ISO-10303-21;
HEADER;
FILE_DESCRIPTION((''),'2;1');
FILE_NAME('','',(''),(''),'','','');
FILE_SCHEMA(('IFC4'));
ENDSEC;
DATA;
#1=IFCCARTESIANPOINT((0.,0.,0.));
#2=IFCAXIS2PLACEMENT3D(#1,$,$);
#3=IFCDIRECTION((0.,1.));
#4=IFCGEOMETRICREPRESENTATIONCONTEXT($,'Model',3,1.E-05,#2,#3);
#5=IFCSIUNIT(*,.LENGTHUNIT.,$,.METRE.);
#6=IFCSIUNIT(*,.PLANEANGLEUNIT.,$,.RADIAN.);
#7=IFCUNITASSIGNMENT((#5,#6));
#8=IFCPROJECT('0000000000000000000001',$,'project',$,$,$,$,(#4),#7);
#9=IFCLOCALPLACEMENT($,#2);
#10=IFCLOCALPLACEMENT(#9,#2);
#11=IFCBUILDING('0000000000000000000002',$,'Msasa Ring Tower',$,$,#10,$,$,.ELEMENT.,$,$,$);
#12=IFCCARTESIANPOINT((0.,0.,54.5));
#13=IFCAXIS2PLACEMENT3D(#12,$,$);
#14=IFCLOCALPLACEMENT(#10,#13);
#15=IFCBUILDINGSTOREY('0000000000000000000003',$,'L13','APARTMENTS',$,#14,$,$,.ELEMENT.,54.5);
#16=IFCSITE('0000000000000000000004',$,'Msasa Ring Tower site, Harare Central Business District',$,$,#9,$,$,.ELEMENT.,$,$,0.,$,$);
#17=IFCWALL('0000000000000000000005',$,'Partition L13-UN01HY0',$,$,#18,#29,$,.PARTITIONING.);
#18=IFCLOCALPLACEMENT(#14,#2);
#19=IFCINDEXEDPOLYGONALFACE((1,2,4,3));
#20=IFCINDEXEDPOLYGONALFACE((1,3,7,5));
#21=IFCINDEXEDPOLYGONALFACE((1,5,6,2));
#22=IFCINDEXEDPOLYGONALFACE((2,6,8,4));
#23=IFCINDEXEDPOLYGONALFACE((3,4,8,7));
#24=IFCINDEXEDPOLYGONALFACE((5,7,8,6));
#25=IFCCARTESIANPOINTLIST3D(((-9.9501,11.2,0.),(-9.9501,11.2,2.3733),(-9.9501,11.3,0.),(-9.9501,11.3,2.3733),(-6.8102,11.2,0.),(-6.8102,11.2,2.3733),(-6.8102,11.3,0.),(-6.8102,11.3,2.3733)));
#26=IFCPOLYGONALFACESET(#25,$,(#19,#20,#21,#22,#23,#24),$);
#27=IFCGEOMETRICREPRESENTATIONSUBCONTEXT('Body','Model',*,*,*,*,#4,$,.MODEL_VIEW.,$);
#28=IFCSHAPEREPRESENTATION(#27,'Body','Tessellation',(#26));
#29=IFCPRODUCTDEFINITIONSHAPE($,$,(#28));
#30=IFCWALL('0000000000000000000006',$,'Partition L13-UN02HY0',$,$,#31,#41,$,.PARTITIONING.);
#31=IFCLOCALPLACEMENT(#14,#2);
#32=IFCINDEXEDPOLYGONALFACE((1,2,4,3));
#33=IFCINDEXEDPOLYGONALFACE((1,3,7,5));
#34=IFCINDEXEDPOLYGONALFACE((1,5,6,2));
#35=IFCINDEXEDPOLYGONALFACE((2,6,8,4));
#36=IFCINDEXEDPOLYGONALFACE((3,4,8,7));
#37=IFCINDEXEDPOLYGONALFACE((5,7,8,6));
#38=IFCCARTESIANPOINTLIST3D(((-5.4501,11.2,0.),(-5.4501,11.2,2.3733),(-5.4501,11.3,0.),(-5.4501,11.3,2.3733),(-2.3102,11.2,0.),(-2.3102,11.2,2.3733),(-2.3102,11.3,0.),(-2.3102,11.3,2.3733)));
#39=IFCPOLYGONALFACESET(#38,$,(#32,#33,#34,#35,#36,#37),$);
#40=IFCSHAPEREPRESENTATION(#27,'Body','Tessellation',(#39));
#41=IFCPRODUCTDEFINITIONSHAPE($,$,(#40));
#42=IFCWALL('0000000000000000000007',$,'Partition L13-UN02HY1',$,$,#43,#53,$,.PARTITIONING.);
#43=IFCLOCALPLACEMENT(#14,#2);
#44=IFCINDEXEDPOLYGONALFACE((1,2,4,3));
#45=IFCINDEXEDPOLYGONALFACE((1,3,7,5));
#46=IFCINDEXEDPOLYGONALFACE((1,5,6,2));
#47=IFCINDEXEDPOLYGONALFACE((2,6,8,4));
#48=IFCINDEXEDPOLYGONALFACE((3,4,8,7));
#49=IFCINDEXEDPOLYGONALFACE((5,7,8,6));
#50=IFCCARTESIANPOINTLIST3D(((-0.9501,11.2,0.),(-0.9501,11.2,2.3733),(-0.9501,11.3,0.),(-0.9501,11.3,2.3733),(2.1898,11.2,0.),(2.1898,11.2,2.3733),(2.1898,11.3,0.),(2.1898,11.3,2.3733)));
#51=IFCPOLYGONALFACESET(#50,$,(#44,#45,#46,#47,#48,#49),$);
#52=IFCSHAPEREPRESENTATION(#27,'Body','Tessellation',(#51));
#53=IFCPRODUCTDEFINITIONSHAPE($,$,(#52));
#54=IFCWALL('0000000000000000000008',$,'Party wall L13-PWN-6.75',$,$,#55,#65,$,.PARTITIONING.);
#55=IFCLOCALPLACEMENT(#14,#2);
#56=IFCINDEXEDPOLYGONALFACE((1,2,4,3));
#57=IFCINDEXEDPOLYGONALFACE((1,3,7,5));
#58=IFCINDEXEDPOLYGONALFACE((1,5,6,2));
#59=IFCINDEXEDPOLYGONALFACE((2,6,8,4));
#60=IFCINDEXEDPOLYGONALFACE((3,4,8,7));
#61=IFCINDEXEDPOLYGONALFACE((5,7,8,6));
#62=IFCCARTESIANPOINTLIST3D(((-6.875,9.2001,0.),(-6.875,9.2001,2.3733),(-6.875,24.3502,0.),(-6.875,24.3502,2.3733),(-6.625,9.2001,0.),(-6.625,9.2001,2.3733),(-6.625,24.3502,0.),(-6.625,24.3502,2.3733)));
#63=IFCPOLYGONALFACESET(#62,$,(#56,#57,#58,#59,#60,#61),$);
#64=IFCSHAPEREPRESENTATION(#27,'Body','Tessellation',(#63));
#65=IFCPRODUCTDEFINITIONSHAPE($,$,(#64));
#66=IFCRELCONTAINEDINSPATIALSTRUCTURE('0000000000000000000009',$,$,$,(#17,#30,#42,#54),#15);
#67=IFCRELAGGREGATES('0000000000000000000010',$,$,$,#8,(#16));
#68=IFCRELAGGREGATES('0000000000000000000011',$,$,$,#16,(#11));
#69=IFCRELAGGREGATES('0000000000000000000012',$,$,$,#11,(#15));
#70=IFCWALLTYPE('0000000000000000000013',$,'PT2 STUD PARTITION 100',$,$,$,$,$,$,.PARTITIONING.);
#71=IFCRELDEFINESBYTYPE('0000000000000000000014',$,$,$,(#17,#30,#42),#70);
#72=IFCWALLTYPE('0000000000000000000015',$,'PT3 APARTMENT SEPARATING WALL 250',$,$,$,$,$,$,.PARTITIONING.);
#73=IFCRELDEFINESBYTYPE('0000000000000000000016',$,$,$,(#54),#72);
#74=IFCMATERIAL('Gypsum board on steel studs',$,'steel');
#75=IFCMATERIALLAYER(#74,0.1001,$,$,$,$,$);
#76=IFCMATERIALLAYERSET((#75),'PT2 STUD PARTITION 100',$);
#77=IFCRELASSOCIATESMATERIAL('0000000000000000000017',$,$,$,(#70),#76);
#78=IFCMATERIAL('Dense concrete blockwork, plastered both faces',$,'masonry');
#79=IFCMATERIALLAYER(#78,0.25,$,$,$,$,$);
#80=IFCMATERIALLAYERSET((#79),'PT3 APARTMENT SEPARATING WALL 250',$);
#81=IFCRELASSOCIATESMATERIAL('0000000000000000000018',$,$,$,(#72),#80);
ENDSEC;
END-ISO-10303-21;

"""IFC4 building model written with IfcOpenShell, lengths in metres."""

from ifc_helpers import new_model, si_unit, direction, frame, frame_2d, origin, place, context, subcontext, project, spatial, rectangle, extrude, material, layer, layer_set, type_object, element, save


model = new_model("IFC4")

# Units and contexts
model_context = context("Model", 3, precision=1e-05, world=origin(), true_north=direction((0.0, 1.0)))
body_context = subcontext(model_context, "Body", "Model", "MODEL_VIEW")
ifc_project = project(units=[si_unit("LENGTHUNIT", "METRE"), si_unit("PLANEANGLEUNIT", "RADIAN")], contexts=[model_context])

# Site, building, storey
site_placement = place(None, origin())
site = spatial("IfcSite", under=ifc_project, at=site_placement, Name="Msasa Ring Tower site, Harare Central Business District", CompositionType="ELEMENT", RefElevation=0.0)
building_placement = place(site_placement, origin())
building = spatial("IfcBuilding", under=site, at=building_placement, Name="Msasa Ring Tower", CompositionType="ELEMENT")
storey_placement = place(building_placement, frame((0.0, 0.0, 54.5)))
storey = spatial("IfcBuildingStorey", under=building, at=storey_placement, Name="L13", Description="APARTMENTS", CompositionType="ELEMENT", Elevation=54.5)

# Walls
ifc_material_1 = material(Name="Gypsum board on steel studs", Category="steel")
ifc_layer_1 = layer(ifc_material_1, 0.1001)
ifc_layer_set_1 = layer_set([ifc_layer_1], Name="PT2 STUD PARTITION 100")
wall_type_1 = type_object("IfcWallType", Name="PT2 STUD PARTITION 100", PredefinedType="PARTITIONING", material=ifc_layer_set_1)
for number, where, z_axis, x_axis, name in (
    (1, (-9.95, 11.25, 0.0), (0.0, 0.0, 1.0), (1.0, 0.0, 0.0), "Partition L13-UN01HY0"),
    (2, (-5.45, 11.25, 0.0), (0.0, 0.0, 1.0), (1.0, 0.0, 0.0), "Partition L13-UN02HY0"),
    (3, (-0.95, 11.25, 0.0), (0.0, 0.0, 1.0), (1.0, 0.0, 0.0), "Partition L13-UN02HY1"),
):
    element("IfcWall", number, at=place(storey_placement, frame(where, z_axis=z_axis, x_axis=x_axis)), inside=storey, type_object=wall_type_1, Name=name, PredefinedType="PARTITIONING", context=body_context, shape_type="SweptSolid", body=[
        extrude(rectangle(XDim=3.1399, YDim=0.1001, at=frame_2d((1.5698, 0.0))), origin(), (0.0, 0.0, 1.0), 2.3733),
    ])
ifc_material_2 = material(Name="Dense concrete blockwork, plastered both faces", Category="masonry")
ifc_layer_2 = layer(ifc_material_2, 0.25)
ifc_layer_set_2 = layer_set([ifc_layer_2], Name="PT3 APARTMENT SEPARATING WALL 250")
wall_type_2 = type_object("IfcWallType", Name="PT3 APARTMENT SEPARATING WALL 250", PredefinedType="PARTITIONING", material=ifc_layer_set_2)
wall_1_placement = place(storey_placement, frame((-6.75, 9.2, 0.0), z_axis=(0.0, 0.0, 1.0), x_axis=(0.0, 1.0, 0.0)))
element("IfcWall", 4, at=wall_1_placement, inside=storey, type_object=wall_type_2, Name="Party wall L13-PWN-6.75", PredefinedType="PARTITIONING", context=body_context, shape_type="SweptSolid", body=[
    extrude(rectangle(XDim=15.1501, YDim=0.25, at=frame_2d((7.5752, 0.0))), origin(), (0.0, 0.0, 1.0), 2.3733),
])

save(model, "model.ifc")
